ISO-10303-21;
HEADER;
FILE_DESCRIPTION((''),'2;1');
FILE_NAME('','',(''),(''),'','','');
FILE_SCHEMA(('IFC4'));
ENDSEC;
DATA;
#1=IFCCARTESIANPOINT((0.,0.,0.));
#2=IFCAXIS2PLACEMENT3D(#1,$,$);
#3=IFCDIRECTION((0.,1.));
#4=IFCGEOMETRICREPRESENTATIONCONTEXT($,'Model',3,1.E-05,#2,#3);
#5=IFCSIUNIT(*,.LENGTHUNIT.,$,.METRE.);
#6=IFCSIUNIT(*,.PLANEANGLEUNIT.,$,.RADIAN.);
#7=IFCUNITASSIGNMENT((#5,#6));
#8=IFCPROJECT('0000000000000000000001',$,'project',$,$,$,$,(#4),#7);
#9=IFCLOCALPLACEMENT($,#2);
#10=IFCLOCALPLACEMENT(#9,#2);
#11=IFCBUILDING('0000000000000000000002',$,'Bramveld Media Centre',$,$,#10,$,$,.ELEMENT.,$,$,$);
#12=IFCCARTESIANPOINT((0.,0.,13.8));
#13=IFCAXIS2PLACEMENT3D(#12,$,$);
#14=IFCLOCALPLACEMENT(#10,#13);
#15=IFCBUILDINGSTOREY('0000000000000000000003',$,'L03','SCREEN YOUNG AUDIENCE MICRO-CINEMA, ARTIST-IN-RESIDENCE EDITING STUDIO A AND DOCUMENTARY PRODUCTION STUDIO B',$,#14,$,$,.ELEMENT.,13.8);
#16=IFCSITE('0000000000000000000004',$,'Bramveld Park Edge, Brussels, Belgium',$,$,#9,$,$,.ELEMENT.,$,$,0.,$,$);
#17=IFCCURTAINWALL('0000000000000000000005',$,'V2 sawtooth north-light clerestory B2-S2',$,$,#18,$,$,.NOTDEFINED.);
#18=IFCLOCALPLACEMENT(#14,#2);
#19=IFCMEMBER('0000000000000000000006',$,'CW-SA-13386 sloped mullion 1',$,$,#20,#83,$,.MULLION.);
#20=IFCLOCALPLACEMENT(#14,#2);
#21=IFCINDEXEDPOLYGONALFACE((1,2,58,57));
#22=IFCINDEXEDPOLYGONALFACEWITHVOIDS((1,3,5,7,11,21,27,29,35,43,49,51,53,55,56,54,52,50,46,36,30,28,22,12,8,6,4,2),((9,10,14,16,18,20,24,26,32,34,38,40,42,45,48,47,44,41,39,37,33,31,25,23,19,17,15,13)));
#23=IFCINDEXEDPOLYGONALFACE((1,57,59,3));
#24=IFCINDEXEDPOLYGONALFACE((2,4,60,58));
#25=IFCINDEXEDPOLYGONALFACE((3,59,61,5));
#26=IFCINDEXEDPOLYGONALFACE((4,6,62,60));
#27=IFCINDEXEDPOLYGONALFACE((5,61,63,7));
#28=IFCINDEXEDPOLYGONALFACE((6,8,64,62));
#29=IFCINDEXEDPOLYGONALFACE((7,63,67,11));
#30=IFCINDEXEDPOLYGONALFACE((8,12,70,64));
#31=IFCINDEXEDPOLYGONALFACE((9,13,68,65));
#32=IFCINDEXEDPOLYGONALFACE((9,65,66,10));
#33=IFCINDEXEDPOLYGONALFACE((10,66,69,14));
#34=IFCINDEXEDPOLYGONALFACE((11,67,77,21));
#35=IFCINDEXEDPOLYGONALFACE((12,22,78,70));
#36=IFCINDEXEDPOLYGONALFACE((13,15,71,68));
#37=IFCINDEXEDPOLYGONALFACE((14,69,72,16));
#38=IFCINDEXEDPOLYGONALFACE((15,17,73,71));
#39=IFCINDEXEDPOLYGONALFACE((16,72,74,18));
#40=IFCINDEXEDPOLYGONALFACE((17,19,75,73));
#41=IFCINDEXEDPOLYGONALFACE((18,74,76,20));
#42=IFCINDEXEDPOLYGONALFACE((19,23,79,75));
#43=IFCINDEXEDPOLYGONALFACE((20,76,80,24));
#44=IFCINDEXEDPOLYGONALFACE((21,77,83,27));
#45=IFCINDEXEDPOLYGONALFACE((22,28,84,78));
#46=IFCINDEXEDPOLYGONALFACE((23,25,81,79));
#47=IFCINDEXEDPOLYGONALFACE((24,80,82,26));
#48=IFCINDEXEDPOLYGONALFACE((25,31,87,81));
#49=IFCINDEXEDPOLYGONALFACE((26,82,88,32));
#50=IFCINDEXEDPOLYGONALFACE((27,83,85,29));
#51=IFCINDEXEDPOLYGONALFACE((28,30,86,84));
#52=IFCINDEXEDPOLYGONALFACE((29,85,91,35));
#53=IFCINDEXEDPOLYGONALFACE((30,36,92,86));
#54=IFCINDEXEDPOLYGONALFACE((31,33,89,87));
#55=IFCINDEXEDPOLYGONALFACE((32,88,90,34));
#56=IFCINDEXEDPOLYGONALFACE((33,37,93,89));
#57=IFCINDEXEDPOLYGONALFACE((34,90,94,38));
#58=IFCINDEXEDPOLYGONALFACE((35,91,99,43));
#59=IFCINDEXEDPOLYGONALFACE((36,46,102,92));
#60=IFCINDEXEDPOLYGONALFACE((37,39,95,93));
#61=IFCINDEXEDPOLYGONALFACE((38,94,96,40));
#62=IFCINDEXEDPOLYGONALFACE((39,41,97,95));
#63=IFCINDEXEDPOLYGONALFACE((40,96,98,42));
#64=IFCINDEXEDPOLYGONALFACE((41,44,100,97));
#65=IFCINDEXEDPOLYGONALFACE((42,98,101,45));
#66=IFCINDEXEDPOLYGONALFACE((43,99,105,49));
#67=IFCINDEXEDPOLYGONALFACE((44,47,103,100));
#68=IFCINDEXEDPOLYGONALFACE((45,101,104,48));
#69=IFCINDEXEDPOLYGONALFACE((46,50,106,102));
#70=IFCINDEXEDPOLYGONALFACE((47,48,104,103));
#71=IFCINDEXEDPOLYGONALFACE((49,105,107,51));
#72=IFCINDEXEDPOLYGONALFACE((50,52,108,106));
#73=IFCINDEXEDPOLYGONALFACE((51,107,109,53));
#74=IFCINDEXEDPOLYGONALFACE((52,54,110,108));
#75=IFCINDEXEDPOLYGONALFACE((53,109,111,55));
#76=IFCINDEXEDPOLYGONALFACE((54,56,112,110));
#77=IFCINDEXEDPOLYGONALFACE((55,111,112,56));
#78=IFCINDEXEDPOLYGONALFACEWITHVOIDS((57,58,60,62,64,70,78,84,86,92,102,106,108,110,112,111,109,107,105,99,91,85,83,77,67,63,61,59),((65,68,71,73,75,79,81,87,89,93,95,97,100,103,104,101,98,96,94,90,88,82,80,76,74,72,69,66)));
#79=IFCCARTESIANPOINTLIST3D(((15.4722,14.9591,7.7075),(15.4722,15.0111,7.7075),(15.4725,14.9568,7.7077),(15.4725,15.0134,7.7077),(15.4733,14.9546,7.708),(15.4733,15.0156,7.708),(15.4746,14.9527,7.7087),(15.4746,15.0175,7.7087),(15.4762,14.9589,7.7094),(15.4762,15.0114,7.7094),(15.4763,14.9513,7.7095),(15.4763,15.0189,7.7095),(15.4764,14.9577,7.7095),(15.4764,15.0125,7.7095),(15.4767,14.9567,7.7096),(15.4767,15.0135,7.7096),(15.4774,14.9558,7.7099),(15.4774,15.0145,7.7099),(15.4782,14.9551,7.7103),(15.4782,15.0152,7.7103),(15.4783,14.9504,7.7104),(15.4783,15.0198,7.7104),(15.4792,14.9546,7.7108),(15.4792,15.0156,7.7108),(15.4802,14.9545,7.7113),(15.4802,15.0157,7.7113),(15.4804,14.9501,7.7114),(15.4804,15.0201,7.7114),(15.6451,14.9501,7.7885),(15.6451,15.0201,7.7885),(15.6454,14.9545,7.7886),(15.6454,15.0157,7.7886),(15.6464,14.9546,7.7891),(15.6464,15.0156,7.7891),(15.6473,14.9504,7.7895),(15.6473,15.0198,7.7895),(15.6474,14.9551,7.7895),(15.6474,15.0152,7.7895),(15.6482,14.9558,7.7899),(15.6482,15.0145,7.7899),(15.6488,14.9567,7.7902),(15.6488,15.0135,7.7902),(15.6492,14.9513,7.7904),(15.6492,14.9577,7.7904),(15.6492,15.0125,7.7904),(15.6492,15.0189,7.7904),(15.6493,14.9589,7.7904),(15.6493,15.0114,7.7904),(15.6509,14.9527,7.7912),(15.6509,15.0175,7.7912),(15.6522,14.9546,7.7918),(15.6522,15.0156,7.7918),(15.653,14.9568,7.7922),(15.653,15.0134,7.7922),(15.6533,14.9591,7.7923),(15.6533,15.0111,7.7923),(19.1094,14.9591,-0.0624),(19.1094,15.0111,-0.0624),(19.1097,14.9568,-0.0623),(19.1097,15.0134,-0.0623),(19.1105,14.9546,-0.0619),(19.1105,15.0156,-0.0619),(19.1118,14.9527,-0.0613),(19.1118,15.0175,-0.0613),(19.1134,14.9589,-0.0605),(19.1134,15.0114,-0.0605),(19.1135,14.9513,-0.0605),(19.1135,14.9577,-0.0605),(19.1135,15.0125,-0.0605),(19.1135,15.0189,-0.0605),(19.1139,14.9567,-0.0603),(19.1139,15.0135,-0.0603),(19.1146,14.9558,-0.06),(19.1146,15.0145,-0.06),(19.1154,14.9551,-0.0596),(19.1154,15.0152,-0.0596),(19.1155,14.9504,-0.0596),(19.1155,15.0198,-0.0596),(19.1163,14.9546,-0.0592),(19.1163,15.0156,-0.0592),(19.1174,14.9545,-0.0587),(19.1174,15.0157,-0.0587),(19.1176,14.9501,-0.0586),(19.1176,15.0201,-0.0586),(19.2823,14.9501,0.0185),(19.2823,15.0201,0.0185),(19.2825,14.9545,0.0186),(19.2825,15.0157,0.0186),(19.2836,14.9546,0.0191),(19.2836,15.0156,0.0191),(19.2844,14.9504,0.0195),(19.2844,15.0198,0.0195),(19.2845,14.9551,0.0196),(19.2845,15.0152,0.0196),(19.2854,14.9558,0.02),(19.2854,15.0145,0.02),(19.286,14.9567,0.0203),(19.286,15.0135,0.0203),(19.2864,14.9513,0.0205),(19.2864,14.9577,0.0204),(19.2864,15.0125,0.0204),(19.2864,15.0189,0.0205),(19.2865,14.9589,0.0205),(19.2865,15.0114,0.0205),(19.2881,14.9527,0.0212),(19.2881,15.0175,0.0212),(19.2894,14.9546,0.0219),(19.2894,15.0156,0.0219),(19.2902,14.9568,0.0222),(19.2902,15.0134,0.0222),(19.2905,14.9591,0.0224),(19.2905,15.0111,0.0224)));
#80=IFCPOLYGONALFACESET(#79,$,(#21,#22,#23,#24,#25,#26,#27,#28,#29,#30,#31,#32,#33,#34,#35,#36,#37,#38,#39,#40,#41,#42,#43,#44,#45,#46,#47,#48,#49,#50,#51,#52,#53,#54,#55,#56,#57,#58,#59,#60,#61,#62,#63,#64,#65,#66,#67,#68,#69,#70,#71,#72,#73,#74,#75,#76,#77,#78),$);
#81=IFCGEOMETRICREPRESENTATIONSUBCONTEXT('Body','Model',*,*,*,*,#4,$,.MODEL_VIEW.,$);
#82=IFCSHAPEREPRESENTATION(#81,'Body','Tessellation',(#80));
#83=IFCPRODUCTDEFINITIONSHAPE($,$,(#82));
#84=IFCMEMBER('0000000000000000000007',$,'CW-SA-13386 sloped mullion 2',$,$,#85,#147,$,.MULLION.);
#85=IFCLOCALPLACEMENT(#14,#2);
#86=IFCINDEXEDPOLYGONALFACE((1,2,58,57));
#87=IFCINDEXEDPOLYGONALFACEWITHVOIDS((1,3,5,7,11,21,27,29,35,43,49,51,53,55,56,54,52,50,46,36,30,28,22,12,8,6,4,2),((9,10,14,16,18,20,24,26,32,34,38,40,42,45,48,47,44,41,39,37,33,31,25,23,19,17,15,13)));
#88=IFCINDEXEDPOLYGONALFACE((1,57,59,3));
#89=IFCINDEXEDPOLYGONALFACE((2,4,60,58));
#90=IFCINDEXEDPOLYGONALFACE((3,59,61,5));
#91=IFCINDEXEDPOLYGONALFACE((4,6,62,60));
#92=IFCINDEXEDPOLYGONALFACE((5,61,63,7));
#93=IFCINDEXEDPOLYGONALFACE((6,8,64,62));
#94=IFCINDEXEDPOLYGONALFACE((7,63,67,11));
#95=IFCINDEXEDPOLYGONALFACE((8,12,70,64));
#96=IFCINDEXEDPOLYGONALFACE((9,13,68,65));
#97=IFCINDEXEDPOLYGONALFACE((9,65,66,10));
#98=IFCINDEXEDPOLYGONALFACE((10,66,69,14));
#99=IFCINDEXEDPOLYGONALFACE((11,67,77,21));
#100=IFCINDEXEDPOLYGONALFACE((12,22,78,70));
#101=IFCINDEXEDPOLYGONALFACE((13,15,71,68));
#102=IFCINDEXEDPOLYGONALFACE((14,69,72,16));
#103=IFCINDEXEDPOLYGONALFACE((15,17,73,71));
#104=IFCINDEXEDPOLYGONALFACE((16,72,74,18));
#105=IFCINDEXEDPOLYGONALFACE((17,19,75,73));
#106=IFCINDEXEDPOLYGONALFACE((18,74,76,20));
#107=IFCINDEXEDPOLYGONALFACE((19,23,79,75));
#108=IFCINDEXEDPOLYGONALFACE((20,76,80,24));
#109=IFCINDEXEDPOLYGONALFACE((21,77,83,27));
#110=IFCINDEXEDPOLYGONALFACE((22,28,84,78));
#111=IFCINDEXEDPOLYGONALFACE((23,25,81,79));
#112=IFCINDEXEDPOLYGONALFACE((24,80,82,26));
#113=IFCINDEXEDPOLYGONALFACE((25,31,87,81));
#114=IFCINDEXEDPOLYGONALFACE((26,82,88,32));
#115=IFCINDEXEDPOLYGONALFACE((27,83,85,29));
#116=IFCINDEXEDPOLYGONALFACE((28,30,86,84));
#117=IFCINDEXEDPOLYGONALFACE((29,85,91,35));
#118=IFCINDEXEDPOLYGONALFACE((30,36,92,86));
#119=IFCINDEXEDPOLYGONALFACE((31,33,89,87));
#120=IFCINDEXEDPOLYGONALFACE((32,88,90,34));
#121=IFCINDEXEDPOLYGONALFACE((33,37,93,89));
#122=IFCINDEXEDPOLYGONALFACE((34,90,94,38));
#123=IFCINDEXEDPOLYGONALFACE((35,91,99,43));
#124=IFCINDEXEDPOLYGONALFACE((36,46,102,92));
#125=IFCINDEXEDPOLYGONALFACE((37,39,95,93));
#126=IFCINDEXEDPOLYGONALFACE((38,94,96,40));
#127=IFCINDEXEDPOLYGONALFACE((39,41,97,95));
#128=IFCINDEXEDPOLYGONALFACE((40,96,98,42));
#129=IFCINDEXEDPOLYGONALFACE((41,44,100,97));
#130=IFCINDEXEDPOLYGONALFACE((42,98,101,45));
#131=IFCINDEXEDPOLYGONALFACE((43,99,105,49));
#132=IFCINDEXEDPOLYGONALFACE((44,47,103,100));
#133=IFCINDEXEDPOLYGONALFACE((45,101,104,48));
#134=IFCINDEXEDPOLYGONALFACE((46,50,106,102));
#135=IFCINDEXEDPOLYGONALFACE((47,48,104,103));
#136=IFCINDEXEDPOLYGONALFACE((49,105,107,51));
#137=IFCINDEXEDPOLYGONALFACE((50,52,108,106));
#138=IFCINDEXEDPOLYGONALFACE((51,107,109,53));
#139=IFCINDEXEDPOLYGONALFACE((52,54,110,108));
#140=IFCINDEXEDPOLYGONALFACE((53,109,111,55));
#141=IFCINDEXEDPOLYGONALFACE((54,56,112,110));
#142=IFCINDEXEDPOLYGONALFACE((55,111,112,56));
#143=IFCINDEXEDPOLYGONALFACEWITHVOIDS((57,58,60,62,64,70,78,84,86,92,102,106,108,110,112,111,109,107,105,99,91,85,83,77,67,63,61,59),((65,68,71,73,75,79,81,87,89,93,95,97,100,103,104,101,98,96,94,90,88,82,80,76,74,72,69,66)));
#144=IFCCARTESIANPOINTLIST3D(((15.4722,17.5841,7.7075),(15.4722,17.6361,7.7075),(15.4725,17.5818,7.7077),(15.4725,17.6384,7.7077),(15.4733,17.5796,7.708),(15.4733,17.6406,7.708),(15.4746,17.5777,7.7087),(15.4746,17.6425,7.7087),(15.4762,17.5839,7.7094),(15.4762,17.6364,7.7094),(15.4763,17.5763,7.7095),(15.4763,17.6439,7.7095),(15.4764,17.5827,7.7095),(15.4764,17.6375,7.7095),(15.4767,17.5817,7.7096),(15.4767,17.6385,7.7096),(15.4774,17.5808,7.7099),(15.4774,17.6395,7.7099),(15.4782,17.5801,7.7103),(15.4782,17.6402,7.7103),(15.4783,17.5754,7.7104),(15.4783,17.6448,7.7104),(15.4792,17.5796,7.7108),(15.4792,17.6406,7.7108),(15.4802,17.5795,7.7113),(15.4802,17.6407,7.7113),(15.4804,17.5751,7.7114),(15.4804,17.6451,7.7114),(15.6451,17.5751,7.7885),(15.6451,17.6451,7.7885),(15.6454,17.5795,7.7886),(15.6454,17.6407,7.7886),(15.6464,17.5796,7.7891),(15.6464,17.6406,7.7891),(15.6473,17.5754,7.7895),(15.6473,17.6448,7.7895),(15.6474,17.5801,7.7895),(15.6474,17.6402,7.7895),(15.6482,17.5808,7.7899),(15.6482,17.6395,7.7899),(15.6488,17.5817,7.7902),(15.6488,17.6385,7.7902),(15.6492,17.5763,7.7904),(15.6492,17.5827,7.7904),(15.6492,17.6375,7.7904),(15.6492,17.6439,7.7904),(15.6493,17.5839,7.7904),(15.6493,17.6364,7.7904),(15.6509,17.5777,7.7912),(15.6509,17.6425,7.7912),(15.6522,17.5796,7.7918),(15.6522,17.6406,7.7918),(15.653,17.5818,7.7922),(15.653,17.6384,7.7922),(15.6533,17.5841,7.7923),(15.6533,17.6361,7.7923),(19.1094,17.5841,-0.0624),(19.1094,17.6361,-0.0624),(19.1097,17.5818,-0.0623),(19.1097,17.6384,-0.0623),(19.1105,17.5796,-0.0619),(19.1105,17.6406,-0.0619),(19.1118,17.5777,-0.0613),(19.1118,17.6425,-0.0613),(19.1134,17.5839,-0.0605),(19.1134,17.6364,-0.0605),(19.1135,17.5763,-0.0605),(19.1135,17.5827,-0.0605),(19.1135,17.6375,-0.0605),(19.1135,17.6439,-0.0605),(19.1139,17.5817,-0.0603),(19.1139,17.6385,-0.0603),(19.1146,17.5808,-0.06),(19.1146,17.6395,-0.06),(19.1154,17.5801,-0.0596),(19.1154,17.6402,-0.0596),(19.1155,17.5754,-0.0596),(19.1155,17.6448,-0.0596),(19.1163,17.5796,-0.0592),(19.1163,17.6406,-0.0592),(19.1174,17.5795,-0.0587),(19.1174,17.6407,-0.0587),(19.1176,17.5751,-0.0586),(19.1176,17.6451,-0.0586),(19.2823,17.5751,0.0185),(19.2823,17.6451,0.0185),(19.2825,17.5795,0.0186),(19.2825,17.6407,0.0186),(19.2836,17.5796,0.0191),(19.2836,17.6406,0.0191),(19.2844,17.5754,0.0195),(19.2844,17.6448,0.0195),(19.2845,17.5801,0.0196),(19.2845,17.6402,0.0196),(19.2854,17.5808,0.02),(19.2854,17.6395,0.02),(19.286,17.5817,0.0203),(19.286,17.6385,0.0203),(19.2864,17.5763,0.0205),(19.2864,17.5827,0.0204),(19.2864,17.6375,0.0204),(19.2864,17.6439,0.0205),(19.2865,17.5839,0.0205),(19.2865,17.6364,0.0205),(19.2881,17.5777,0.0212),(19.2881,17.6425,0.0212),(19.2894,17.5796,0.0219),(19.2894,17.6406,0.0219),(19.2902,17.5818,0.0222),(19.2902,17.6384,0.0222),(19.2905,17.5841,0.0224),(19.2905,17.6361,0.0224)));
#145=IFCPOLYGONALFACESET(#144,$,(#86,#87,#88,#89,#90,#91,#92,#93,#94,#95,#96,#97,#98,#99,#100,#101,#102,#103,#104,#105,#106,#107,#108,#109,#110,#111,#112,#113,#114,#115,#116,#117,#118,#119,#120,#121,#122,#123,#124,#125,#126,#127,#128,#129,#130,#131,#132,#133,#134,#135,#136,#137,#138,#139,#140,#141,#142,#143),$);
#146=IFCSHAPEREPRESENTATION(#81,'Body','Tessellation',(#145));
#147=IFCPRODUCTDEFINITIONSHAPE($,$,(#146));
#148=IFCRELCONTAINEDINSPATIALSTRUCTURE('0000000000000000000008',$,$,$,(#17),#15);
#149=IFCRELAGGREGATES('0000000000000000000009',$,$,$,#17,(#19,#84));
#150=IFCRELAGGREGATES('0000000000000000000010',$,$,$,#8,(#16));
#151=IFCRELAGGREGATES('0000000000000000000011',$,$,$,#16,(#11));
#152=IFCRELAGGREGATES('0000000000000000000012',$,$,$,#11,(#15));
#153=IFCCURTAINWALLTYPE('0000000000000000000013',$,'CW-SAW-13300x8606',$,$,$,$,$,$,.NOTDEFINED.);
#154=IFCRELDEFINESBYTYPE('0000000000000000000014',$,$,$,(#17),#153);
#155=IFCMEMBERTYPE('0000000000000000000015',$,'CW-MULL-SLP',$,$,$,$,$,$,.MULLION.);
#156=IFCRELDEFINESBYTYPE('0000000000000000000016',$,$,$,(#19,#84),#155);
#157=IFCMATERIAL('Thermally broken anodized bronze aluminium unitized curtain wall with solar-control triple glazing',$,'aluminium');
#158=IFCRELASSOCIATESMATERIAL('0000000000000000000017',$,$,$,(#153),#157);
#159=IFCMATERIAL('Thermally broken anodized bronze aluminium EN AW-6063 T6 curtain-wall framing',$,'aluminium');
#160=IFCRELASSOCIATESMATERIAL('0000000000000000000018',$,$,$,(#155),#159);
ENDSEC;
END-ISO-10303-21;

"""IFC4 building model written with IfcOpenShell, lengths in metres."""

from ifc_helpers import new_model, si_unit, direction, frame, origin, origin_2d, place, context, subcontext, project, spatial, hollow_rectangle, extrude, material, material_profile, profile_set, type_object, element, aggregate, save


model = new_model("IFC4")

# Units and contexts
model_context = context("Model", 3, precision=1e-05, world=origin(), true_north=direction((0.0, 1.0)))
body_context = subcontext(model_context, "Body", "Model", "MODEL_VIEW")
ifc_project = project(units=[si_unit("LENGTHUNIT", "METRE"), si_unit("PLANEANGLEUNIT", "RADIAN")], contexts=[model_context])

# Site, building, storey
site_placement = place(None, origin())
site = spatial("IfcSite", under=ifc_project, at=site_placement, Name="Bramveld Park Edge, Brussels, Belgium", CompositionType="ELEMENT", RefElevation=0.0)
building_placement = place(site_placement, origin())
building = spatial("IfcBuilding", under=site, at=building_placement, Name="Bramveld Media Centre", CompositionType="ELEMENT")
storey_placement = place(building_placement, frame((0.0, 0.0, 13.8)))
storey = spatial("IfcBuildingStorey", under=building, at=storey_placement, Name="L03", Description="SCREEN YOUNG AUDIENCE MICRO-CINEMA, ARTIST-IN-RESIDENCE EDITING STUDIO A AND DOCUMENTARY PRODUCTION STUDIO B", CompositionType="ELEMENT", Elevation=13.8)

# Curtain wall, members
ifc_material_1 = material(Name="Thermally broken anodized bronze aluminium unitized curtain wall with solar-control triple glazing", Category="aluminium")
curtain_wall_type = type_object("IfcCurtainWallType", Name="CW-SAW-13300x8606", PredefinedType="NOTDEFINED", material=ifc_material_1)
ifc_material_2 = material(Name="Thermally broken anodized bronze aluminium EN AW-6063 T6 curtain-wall framing", Category="aluminium")
ifc_material_profile_1 = material_profile(ifc_material_2, hollow_rectangle(XDim=0.0701, YDim=0.2, WallThickness=0.0044, InnerFilletRadius=0.0044, OuterFilletRadius=0.009, at=origin_2d()), Name="AL-MULL 70x200")
ifc_profile_set_1 = profile_set([ifc_material_profile_1], Name="Thermally broken anodized bronze aluminium EN AW-6063 T6 curtain-wall framing")
member_type_1 = type_object("IfcMemberType", Name="CW-MULL-SLP", PredefinedType="MULLION", material=ifc_profile_set_1)
curtain_wall_1_placement = place(storey_placement, origin())
curtain_wall_1 = element("IfcCurtainWall", 1, at=curtain_wall_1_placement, inside=storey, type_object=curtain_wall_type, Name="V2 sawtooth north-light clerestory B2-S2", PredefinedType="NOTDEFINED")
member_1_placement = place(storey_placement, frame((19.2, 14.9851, -0.02), z_axis=(-0.423957, 0.0, 0.905682), x_axis=(0.0, -1.0, 0.0)))
member_1 = element("IfcMember", 2, at=member_1_placement, type_object=member_type_1, Name="CW-SA-13386 sloped mullion 1", PredefinedType="MULLION", context=body_context, shape_type="SweptSolid", body=[
    extrude(hollow_rectangle(XDim=0.0701, YDim=0.2, WallThickness=0.0044, InnerFilletRadius=0.0044, OuterFilletRadius=0.009, at=origin_2d()), origin(), (0.0, 0.0, 1.0), 8.5791),
])
member_2_placement = place(storey_placement, frame((19.2, 17.6101, -0.02), z_axis=(-0.423957, 0.0, 0.905682), x_axis=(0.0, -1.0, 0.0)))
member_2 = element("IfcMember", 3, at=member_2_placement, type_object=member_type_1, Name="CW-SA-13386 sloped mullion 2", PredefinedType="MULLION", context=body_context, shape_type="SweptSolid", body=[
    extrude(hollow_rectangle(XDim=0.0701, YDim=0.2, WallThickness=0.0044, InnerFilletRadius=0.0044, OuterFilletRadius=0.009, at=origin_2d()), origin(), (0.0, 0.0, 1.0), 8.5791),
])

aggregate(curtain_wall_1, [member_1, member_2])

save(model, "model.ifc")
